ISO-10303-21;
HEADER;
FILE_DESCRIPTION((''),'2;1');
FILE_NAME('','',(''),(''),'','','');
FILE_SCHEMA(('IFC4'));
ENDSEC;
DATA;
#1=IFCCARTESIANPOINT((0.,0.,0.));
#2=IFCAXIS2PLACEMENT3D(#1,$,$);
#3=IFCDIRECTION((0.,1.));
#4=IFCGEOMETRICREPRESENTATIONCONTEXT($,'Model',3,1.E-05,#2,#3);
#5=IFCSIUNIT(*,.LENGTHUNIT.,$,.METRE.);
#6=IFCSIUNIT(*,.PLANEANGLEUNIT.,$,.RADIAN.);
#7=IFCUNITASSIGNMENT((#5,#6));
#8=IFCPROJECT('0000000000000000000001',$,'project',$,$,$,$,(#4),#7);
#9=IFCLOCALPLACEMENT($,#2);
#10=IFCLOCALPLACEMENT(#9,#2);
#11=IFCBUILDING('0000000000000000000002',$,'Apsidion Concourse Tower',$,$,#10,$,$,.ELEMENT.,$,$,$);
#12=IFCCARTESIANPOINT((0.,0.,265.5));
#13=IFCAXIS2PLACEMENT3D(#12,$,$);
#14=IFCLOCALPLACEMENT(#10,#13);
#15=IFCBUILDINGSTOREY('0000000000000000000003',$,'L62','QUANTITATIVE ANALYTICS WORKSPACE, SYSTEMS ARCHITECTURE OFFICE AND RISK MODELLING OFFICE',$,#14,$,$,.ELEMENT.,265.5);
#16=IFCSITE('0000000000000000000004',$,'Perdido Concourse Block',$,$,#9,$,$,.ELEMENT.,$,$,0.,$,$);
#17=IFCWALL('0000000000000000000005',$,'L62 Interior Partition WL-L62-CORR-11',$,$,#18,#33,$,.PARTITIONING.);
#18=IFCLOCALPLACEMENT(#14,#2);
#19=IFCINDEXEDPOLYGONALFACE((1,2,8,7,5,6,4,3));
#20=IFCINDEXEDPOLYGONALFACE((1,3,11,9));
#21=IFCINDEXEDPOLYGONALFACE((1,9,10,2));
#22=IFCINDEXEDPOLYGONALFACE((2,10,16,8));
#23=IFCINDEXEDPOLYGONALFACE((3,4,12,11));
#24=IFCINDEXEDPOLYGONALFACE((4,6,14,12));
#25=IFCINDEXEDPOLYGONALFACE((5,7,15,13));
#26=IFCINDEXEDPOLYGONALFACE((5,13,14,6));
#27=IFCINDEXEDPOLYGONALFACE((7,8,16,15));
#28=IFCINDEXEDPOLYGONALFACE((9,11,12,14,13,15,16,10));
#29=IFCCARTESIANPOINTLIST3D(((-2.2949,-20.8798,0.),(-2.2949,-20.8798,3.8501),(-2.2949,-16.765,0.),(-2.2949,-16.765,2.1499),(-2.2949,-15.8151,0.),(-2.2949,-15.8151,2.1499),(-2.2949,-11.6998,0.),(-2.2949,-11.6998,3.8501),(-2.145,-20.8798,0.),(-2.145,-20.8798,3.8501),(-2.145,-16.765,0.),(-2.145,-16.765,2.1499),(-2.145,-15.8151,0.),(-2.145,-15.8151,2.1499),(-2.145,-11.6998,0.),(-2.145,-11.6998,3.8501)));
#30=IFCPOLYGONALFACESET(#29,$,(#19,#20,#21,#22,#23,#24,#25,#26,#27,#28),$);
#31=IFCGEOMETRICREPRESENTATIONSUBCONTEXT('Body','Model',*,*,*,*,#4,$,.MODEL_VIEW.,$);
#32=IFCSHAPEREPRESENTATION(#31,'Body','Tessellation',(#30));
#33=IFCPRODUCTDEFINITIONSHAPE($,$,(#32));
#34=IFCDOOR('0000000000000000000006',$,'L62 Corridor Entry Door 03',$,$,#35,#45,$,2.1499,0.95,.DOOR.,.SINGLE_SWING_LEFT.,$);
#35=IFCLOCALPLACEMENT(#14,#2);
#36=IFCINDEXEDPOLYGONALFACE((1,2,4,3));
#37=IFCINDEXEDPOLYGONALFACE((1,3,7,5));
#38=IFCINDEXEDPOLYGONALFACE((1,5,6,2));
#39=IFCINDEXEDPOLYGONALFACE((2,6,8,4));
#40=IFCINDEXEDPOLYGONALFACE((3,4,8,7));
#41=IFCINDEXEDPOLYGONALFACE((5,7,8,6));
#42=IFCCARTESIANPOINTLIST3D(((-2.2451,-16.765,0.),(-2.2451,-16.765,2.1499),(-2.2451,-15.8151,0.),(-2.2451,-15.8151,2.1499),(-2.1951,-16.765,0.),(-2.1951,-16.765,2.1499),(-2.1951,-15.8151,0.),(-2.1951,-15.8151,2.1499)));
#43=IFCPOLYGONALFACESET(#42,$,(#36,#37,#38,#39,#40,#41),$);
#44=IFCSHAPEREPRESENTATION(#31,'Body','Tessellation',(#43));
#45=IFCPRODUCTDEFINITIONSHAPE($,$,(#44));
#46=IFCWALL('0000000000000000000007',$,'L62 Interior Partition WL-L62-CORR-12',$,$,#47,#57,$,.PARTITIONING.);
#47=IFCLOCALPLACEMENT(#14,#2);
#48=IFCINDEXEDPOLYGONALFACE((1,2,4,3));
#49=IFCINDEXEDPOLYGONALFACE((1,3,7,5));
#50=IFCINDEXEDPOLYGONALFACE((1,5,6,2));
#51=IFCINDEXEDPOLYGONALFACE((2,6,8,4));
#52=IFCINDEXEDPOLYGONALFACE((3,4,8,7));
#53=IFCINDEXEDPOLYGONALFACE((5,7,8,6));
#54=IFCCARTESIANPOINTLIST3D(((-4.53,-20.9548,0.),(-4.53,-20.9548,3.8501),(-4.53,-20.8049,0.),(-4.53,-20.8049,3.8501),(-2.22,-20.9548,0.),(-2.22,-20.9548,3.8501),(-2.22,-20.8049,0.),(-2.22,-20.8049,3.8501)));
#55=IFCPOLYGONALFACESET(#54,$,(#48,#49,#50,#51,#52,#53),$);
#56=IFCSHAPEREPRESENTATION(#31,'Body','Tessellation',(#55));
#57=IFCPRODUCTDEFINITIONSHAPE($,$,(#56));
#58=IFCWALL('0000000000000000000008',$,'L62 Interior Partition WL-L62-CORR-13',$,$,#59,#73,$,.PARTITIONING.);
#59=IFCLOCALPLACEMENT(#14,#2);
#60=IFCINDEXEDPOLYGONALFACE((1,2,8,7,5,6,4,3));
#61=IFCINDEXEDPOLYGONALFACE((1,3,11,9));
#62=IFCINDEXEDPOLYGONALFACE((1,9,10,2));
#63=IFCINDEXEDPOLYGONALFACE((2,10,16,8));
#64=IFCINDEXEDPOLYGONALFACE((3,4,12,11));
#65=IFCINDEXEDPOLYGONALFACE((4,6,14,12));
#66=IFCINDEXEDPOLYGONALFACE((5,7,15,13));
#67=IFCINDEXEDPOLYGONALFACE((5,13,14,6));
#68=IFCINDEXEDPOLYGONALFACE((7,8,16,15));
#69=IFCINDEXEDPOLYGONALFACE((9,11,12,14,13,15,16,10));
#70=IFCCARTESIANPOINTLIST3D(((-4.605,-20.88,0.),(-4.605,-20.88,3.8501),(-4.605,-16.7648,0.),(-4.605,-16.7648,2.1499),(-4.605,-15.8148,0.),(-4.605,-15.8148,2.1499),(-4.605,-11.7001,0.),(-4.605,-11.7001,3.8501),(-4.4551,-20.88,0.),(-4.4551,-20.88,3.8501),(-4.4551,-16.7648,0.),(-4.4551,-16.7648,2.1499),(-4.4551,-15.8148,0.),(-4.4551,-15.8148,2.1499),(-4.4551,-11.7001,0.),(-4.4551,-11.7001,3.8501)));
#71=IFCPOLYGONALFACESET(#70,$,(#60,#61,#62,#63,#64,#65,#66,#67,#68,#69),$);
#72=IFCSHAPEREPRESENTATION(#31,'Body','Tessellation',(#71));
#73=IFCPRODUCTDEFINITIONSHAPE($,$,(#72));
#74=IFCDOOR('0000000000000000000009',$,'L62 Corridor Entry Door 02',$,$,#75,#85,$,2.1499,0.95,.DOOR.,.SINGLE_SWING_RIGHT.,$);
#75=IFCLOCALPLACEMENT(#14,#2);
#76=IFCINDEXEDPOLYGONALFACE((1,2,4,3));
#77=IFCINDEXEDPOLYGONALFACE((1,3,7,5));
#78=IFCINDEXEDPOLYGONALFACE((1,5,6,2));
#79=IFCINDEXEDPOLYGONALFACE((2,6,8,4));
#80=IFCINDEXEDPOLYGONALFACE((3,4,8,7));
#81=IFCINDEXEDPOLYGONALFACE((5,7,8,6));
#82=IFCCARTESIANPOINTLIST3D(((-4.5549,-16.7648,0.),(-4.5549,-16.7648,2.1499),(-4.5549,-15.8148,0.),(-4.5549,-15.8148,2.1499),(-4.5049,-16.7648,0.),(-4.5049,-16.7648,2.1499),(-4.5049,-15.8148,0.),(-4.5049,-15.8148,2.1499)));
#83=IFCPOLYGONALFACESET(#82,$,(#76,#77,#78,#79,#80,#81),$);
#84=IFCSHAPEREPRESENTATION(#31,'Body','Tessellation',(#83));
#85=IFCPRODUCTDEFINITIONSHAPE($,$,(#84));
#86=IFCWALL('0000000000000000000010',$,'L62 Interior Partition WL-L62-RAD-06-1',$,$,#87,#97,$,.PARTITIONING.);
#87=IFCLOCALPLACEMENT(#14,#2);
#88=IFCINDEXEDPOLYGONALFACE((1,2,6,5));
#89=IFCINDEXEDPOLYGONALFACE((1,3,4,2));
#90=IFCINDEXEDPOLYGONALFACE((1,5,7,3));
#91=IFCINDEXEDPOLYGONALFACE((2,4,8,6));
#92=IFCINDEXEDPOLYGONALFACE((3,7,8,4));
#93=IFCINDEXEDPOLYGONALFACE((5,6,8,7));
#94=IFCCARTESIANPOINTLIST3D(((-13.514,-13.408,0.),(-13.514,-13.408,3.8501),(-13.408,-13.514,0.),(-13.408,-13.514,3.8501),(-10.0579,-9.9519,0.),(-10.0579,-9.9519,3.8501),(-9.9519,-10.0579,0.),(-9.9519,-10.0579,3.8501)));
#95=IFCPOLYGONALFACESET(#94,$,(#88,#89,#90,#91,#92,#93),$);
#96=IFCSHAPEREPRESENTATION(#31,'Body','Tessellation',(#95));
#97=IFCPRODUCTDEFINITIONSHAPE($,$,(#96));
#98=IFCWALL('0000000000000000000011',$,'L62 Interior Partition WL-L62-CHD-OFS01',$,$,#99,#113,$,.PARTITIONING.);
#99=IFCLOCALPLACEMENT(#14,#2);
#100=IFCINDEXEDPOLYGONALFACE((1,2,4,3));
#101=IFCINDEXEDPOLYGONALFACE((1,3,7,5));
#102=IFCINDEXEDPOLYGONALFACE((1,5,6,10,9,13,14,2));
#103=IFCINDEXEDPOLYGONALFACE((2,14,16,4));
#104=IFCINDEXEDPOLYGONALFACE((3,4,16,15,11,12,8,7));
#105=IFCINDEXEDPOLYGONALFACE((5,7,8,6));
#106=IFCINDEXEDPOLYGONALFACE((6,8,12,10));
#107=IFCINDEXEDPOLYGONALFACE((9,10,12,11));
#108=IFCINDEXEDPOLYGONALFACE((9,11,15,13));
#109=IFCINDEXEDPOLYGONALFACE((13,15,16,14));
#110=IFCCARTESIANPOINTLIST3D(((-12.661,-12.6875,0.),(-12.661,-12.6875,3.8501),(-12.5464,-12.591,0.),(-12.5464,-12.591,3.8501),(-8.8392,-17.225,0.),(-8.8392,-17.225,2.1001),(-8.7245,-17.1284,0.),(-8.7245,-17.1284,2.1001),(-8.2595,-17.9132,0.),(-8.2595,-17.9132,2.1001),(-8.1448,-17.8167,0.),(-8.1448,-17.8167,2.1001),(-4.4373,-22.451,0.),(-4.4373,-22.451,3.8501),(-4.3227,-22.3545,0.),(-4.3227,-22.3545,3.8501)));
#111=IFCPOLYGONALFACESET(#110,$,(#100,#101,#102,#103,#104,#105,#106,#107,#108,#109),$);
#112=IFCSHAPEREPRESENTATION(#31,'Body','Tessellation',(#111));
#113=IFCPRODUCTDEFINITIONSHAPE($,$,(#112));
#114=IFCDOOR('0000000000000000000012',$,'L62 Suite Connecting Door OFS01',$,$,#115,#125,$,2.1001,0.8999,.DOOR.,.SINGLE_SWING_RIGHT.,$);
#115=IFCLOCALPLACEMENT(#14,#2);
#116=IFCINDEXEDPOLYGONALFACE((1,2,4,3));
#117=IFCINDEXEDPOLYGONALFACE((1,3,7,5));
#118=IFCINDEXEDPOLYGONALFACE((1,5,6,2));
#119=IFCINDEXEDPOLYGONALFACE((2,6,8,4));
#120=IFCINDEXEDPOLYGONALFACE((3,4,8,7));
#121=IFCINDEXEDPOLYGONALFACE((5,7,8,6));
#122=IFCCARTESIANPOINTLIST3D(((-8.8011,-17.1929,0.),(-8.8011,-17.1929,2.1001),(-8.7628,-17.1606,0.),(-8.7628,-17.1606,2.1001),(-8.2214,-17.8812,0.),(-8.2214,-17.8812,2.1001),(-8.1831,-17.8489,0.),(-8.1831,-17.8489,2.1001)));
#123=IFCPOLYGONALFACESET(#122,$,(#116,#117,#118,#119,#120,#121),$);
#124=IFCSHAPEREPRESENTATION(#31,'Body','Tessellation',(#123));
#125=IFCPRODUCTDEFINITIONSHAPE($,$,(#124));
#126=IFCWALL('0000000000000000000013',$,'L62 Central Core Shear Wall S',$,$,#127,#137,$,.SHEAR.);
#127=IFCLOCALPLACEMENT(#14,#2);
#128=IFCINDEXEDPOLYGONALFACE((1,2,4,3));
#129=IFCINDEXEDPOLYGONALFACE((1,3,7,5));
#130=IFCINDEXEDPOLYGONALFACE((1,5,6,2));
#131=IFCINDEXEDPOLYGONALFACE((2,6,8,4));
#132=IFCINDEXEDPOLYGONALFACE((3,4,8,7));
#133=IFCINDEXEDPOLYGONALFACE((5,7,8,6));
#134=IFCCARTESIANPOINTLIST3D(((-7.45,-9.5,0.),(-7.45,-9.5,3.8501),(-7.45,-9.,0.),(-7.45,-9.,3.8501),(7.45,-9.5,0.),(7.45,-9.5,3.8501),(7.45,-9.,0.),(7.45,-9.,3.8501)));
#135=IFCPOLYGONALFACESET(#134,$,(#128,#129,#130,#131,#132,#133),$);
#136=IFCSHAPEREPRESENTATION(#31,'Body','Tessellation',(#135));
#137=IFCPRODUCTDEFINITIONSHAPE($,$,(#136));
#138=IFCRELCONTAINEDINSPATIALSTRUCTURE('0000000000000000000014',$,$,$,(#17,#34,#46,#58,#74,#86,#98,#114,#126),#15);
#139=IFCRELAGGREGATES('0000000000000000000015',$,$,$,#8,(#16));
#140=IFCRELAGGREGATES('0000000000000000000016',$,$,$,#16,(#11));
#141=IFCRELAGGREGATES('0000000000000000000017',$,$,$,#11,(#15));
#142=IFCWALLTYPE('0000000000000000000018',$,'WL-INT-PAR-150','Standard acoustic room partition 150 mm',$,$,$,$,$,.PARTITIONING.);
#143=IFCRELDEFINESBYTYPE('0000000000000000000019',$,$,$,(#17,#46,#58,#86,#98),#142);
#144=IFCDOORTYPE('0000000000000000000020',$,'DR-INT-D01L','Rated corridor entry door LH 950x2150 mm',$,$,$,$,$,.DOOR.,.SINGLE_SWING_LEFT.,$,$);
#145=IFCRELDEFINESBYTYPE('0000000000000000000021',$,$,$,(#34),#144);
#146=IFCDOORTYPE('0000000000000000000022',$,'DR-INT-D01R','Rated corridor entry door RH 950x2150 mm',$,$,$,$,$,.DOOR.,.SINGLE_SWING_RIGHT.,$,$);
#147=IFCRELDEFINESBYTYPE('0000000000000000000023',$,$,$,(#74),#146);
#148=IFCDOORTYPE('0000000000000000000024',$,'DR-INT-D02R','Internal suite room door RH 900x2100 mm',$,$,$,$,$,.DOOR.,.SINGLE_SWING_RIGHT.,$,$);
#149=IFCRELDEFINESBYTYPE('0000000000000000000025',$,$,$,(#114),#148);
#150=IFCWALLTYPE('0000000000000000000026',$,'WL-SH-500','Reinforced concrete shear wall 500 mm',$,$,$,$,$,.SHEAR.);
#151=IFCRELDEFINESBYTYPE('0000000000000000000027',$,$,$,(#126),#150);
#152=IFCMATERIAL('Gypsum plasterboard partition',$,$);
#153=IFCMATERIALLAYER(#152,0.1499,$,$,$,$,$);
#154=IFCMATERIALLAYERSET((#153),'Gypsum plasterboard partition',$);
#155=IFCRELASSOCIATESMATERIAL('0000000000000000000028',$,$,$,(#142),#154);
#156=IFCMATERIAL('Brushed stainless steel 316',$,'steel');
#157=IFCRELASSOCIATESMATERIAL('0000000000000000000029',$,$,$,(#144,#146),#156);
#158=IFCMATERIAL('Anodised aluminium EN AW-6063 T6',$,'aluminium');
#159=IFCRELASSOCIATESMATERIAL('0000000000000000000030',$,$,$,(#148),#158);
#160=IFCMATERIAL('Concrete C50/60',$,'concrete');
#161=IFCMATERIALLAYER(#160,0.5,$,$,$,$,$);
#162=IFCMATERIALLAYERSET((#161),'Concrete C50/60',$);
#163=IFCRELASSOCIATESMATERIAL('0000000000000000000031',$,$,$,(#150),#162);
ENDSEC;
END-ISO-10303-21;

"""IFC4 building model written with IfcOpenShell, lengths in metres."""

from ifc_helpers import new_model, si_unit, direction, frame, frame_2d, origin, place, context, subcontext, project, spatial, rectangle, extrude, material, layer, layer_set, type_object, element, fill, save


model = new_model("IFC4")

# Units and contexts
model_context = context("Model", 3, precision=1e-05, world=origin(), true_north=direction((0.0, 1.0)))
body_context = subcontext(model_context, "Body", "Model", "MODEL_VIEW")
ifc_project = project(units=[si_unit("LENGTHUNIT", "METRE"), si_unit("PLANEANGLEUNIT", "RADIAN")], contexts=[model_context])

# Site, building, storey
site_placement = place(None, origin())
site = spatial("IfcSite", under=ifc_project, at=site_placement, Name="Perdido Concourse Block", CompositionType="ELEMENT", RefElevation=0.0)
building_placement = place(site_placement, origin())
building = spatial("IfcBuilding", under=site, at=building_placement, Name="Apsidion Concourse Tower", CompositionType="ELEMENT")
storey_placement = place(building_placement, frame((0.0, 0.0, 265.5)))
storey = spatial("IfcBuildingStorey", under=building, at=storey_placement, Name="L62", Description="QUANTITATIVE ANALYTICS WORKSPACE, SYSTEMS ARCHITECTURE OFFICE AND RISK MODELLING OFFICE", CompositionType="ELEMENT", Elevation=265.5)

# Shared definitions
ifc_material_1 = material(Name="Gypsum plasterboard partition")
ifc_layer_1 = layer(ifc_material_1, 0.1499)
ifc_layer_set_1 = layer_set([ifc_layer_1], Name="Gypsum plasterboard partition")
wall_type_1 = type_object("IfcWallType", Name="WL-INT-PAR-150", Description="Standard acoustic room partition 150 mm", PredefinedType="PARTITIONING", material=ifc_layer_set_1)

# Shared definitions
ifc_material_2 = material(Name="Brushed stainless steel 316", Category="steel")
door_type_1 = type_object("IfcDoorType", Name="DR-INT-D01L", Description="Rated corridor entry door LH 950x2150 mm", OperationType="SINGLE_SWING_LEFT", PredefinedType="DOOR", material=ifc_material_2)
door_type_2 = type_object("IfcDoorType", Name="DR-INT-D01R", Description="Rated corridor entry door RH 950x2150 mm", OperationType="SINGLE_SWING_RIGHT", PredefinedType="DOOR", material=ifc_material_2)

# Wall, opening, door
wall_1_placement = place(storey_placement, frame((-2.22, -11.7, 0.0), z_axis=(0.0, 0.0, 1.0), x_axis=(0.0, -1.0, 0.0)))
wall_1 = element("IfcWall", 1, at=wall_1_placement, inside=storey, type_object=wall_type_1, Name="L62 Interior Partition WL-L62-CORR-11", PredefinedType="PARTITIONING", context=body_context, shape_type="SweptSolid", body=[
    extrude(rectangle(XDim=9.1799, YDim=0.1499, at=frame_2d((4.5898, 0.0))), origin(), (0.0, 0.0, 1.0), 3.8501),
])
opening_1_placement = place(wall_1_placement, frame((4.115, 0.0, 0.0)))
opening_1 = element("IfcOpeningElement", 2, at=opening_1_placement, cuts=wall_1, PredefinedType="OPENING", context=body_context, shape_type="SweptSolid", body=[
    extrude(rectangle(XDim=0.95, YDim=2.1499, at=frame_2d((0.4751, 1.075))), frame((0.0, 0.085, 0.0), z_axis=(0.0, -1.0, 0.0), x_axis=(1.0, 0.0, 0.0)), (0.0, 0.0, 1.0), 0.1699),
])
door_1_placement = place(opening_1_placement, origin())
door_1 = element("IfcDoor", 3, at=door_1_placement, inside=storey, type_object=door_type_1, Name="L62 Corridor Entry Door 03", OperationType="SINGLE_SWING_LEFT", OverallHeight=2.1499, OverallWidth=0.95, PredefinedType="DOOR", context=body_context, shape_type="SweptSolid", body=[
    extrude(rectangle(XDim=0.95, YDim=2.1499, at=frame_2d((0.4751, 1.075))), frame((0.0, 0.0249, 0.0), z_axis=(0.0, -1.0, 0.0), x_axis=(1.0, 0.0, 0.0)), (0.0, 0.0, 1.0), 0.05),
])
fill(opening_1, door_1)

# Wall
wall_2_placement = place(storey_placement, frame((-2.22, -20.8799, 0.0), z_axis=(0.0, 0.0, 1.0), x_axis=(-1.0, 0.0, 0.0)))
element("IfcWall", 4, at=wall_2_placement, inside=storey, type_object=wall_type_1, Name="L62 Interior Partition WL-L62-CORR-12", PredefinedType="PARTITIONING", context=body_context, shape_type="SweptSolid", body=[
    extrude(rectangle(XDim=2.3101, YDim=0.1499, at=frame_2d((1.155, 0.0))), origin(), (0.0, 0.0, 1.0), 3.8501),
])

# Wall, opening, door
wall_3_placement = place(storey_placement, frame((-4.53, -20.8799, 0.0), z_axis=(0.0, 0.0, 1.0), x_axis=(0.0, 1.0, 0.0)))
wall_3 = element("IfcWall", 5, at=wall_3_placement, inside=storey, type_object=wall_type_1, Name="L62 Interior Partition WL-L62-CORR-13", PredefinedType="PARTITIONING", context=body_context, shape_type="SweptSolid", body=[
    extrude(rectangle(XDim=9.1799, YDim=0.1499, at=frame_2d((4.5898, 0.0))), origin(), (0.0, 0.0, 1.0), 3.8501),
])
opening_2_placement = place(wall_3_placement, frame((4.115, 0.0, 0.0)))
opening_2 = element("IfcOpeningElement", 6, at=opening_2_placement, cuts=wall_3, PredefinedType="OPENING", context=body_context, shape_type="SweptSolid", body=[
    extrude(rectangle(XDim=0.95, YDim=2.1499, at=frame_2d((0.4751, 1.075))), frame((0.0, 0.085, 0.0), z_axis=(0.0, -1.0, 0.0), x_axis=(1.0, 0.0, 0.0)), (0.0, 0.0, 1.0), 0.1699),
])
door_2_placement = place(opening_2_placement, origin())
door_2 = element("IfcDoor", 7, at=door_2_placement, inside=storey, type_object=door_type_2, Name="L62 Corridor Entry Door 02", OperationType="SINGLE_SWING_RIGHT", OverallHeight=2.1499, OverallWidth=0.95, PredefinedType="DOOR", context=body_context, shape_type="SweptSolid", body=[
    extrude(rectangle(XDim=0.95, YDim=2.1499, at=frame_2d((0.4751, 1.075))), frame((0.0, 0.0249, 0.0), z_axis=(0.0, -1.0, 0.0), x_axis=(1.0, 0.0, 0.0)), (0.0, 0.0, 1.0), 0.05),
])
fill(opening_2, door_2)

# Wall
wall_4_placement = place(storey_placement, frame((-10.0049, -10.0049, 0.0), z_axis=(0.0, 0.0, 1.0), x_axis=(-0.707107, -0.707107, 0.0)))
element("IfcWall", 8, at=wall_4_placement, inside=storey, type_object=wall_type_1, Name="L62 Interior Partition WL-L62-RAD-06-1", PredefinedType="PARTITIONING", context=body_context, shape_type="SweptSolid", body=[
    extrude(rectangle(XDim=4.8877, YDim=0.1499, at=frame_2d((2.4438, 0.0))), origin(), (0.0, 0.0, 1.0), 3.8501),
])

# Wall, opening, door
wall_5_placement = place(storey_placement, frame((-12.6038, -12.6392, 0.0), z_axis=(0.0, 0.0, 1.0), x_axis=(0.644218, -0.764842, 0.0)))
wall_5 = element("IfcWall", 9, at=wall_5_placement, inside=storey, type_object=wall_type_1, Name="L62 Interior Partition WL-L62-CHD-OFS01", PredefinedType="PARTITIONING", context=body_context, shape_type="SweptSolid", body=[
    extrude(rectangle(XDim=12.7654, YDim=0.1499, at=frame_2d((6.3828, 0.0))), origin(), (0.0, 0.0, 1.0), 3.8501),
])
opening_3_placement = place(wall_5_placement, frame((5.9326, 0.0, 0.0)))
opening_3 = element("IfcOpeningElement", 10, at=opening_3_placement, cuts=wall_5, PredefinedType="OPENING", context=body_context, shape_type="SweptSolid", body=[
    extrude(rectangle(XDim=0.8999, YDim=2.1001, at=frame_2d((0.45, 1.05))), frame((0.0, 0.085, 0.0), z_axis=(0.0, -1.0, 0.0), x_axis=(1.0, 0.0, 0.0)), (0.0, 0.0, 1.0), 0.1699),
])
ifc_material_3 = material(Name="Anodised aluminium EN AW-6063 T6", Category="aluminium")
door_type_3 = type_object("IfcDoorType", Name="DR-INT-D02R", Description="Internal suite room door RH 900x2100 mm", OperationType="SINGLE_SWING_RIGHT", PredefinedType="DOOR", material=ifc_material_3)
door_3_placement = place(opening_3_placement, origin())
door_3 = element("IfcDoor", 11, at=door_3_placement, inside=storey, type_object=door_type_3, Name="L62 Suite Connecting Door OFS01", OperationType="SINGLE_SWING_RIGHT", OverallHeight=2.1001, OverallWidth=0.8999, PredefinedType="DOOR", context=body_context, shape_type="SweptSolid", body=[
    extrude(rectangle(XDim=0.8999, YDim=2.1001, at=frame_2d((0.45, 1.05))), frame((0.0, 0.0249, 0.0), z_axis=(0.0, -1.0, 0.0), x_axis=(1.0, 0.0, 0.0)), (0.0, 0.0, 1.0), 0.05),
])
fill(opening_3, door_3)

# Wall
ifc_material_4 = material(Name="Concrete C50/60", Category="concrete")
ifc_layer_2 = layer(ifc_material_4, 0.5)
ifc_layer_set_2 = layer_set([ifc_layer_2], Name="Concrete C50/60")
wall_type_2 = type_object("IfcWallType", Name="WL-SH-500", Description="Reinforced concrete shear wall 500 mm", PredefinedType="SHEAR", material=ifc_layer_set_2)
wall_6_placement = place(storey_placement, frame((-7.45, -9.25, 0.0), z_axis=(0.0, 0.0, 1.0), x_axis=(1.0, 0.0, 0.0)))
element("IfcWall", 12, at=wall_6_placement, inside=storey, type_object=wall_type_2, Name="L62 Central Core Shear Wall S", PredefinedType="SHEAR", context=body_context, shape_type="SweptSolid", body=[
    extrude(rectangle(XDim=14.8999, YDim=0.5, at=frame_2d((7.45, 0.0))), origin(), (0.0, 0.0, 1.0), 3.8501),
])

save(model, "model.ifc")
